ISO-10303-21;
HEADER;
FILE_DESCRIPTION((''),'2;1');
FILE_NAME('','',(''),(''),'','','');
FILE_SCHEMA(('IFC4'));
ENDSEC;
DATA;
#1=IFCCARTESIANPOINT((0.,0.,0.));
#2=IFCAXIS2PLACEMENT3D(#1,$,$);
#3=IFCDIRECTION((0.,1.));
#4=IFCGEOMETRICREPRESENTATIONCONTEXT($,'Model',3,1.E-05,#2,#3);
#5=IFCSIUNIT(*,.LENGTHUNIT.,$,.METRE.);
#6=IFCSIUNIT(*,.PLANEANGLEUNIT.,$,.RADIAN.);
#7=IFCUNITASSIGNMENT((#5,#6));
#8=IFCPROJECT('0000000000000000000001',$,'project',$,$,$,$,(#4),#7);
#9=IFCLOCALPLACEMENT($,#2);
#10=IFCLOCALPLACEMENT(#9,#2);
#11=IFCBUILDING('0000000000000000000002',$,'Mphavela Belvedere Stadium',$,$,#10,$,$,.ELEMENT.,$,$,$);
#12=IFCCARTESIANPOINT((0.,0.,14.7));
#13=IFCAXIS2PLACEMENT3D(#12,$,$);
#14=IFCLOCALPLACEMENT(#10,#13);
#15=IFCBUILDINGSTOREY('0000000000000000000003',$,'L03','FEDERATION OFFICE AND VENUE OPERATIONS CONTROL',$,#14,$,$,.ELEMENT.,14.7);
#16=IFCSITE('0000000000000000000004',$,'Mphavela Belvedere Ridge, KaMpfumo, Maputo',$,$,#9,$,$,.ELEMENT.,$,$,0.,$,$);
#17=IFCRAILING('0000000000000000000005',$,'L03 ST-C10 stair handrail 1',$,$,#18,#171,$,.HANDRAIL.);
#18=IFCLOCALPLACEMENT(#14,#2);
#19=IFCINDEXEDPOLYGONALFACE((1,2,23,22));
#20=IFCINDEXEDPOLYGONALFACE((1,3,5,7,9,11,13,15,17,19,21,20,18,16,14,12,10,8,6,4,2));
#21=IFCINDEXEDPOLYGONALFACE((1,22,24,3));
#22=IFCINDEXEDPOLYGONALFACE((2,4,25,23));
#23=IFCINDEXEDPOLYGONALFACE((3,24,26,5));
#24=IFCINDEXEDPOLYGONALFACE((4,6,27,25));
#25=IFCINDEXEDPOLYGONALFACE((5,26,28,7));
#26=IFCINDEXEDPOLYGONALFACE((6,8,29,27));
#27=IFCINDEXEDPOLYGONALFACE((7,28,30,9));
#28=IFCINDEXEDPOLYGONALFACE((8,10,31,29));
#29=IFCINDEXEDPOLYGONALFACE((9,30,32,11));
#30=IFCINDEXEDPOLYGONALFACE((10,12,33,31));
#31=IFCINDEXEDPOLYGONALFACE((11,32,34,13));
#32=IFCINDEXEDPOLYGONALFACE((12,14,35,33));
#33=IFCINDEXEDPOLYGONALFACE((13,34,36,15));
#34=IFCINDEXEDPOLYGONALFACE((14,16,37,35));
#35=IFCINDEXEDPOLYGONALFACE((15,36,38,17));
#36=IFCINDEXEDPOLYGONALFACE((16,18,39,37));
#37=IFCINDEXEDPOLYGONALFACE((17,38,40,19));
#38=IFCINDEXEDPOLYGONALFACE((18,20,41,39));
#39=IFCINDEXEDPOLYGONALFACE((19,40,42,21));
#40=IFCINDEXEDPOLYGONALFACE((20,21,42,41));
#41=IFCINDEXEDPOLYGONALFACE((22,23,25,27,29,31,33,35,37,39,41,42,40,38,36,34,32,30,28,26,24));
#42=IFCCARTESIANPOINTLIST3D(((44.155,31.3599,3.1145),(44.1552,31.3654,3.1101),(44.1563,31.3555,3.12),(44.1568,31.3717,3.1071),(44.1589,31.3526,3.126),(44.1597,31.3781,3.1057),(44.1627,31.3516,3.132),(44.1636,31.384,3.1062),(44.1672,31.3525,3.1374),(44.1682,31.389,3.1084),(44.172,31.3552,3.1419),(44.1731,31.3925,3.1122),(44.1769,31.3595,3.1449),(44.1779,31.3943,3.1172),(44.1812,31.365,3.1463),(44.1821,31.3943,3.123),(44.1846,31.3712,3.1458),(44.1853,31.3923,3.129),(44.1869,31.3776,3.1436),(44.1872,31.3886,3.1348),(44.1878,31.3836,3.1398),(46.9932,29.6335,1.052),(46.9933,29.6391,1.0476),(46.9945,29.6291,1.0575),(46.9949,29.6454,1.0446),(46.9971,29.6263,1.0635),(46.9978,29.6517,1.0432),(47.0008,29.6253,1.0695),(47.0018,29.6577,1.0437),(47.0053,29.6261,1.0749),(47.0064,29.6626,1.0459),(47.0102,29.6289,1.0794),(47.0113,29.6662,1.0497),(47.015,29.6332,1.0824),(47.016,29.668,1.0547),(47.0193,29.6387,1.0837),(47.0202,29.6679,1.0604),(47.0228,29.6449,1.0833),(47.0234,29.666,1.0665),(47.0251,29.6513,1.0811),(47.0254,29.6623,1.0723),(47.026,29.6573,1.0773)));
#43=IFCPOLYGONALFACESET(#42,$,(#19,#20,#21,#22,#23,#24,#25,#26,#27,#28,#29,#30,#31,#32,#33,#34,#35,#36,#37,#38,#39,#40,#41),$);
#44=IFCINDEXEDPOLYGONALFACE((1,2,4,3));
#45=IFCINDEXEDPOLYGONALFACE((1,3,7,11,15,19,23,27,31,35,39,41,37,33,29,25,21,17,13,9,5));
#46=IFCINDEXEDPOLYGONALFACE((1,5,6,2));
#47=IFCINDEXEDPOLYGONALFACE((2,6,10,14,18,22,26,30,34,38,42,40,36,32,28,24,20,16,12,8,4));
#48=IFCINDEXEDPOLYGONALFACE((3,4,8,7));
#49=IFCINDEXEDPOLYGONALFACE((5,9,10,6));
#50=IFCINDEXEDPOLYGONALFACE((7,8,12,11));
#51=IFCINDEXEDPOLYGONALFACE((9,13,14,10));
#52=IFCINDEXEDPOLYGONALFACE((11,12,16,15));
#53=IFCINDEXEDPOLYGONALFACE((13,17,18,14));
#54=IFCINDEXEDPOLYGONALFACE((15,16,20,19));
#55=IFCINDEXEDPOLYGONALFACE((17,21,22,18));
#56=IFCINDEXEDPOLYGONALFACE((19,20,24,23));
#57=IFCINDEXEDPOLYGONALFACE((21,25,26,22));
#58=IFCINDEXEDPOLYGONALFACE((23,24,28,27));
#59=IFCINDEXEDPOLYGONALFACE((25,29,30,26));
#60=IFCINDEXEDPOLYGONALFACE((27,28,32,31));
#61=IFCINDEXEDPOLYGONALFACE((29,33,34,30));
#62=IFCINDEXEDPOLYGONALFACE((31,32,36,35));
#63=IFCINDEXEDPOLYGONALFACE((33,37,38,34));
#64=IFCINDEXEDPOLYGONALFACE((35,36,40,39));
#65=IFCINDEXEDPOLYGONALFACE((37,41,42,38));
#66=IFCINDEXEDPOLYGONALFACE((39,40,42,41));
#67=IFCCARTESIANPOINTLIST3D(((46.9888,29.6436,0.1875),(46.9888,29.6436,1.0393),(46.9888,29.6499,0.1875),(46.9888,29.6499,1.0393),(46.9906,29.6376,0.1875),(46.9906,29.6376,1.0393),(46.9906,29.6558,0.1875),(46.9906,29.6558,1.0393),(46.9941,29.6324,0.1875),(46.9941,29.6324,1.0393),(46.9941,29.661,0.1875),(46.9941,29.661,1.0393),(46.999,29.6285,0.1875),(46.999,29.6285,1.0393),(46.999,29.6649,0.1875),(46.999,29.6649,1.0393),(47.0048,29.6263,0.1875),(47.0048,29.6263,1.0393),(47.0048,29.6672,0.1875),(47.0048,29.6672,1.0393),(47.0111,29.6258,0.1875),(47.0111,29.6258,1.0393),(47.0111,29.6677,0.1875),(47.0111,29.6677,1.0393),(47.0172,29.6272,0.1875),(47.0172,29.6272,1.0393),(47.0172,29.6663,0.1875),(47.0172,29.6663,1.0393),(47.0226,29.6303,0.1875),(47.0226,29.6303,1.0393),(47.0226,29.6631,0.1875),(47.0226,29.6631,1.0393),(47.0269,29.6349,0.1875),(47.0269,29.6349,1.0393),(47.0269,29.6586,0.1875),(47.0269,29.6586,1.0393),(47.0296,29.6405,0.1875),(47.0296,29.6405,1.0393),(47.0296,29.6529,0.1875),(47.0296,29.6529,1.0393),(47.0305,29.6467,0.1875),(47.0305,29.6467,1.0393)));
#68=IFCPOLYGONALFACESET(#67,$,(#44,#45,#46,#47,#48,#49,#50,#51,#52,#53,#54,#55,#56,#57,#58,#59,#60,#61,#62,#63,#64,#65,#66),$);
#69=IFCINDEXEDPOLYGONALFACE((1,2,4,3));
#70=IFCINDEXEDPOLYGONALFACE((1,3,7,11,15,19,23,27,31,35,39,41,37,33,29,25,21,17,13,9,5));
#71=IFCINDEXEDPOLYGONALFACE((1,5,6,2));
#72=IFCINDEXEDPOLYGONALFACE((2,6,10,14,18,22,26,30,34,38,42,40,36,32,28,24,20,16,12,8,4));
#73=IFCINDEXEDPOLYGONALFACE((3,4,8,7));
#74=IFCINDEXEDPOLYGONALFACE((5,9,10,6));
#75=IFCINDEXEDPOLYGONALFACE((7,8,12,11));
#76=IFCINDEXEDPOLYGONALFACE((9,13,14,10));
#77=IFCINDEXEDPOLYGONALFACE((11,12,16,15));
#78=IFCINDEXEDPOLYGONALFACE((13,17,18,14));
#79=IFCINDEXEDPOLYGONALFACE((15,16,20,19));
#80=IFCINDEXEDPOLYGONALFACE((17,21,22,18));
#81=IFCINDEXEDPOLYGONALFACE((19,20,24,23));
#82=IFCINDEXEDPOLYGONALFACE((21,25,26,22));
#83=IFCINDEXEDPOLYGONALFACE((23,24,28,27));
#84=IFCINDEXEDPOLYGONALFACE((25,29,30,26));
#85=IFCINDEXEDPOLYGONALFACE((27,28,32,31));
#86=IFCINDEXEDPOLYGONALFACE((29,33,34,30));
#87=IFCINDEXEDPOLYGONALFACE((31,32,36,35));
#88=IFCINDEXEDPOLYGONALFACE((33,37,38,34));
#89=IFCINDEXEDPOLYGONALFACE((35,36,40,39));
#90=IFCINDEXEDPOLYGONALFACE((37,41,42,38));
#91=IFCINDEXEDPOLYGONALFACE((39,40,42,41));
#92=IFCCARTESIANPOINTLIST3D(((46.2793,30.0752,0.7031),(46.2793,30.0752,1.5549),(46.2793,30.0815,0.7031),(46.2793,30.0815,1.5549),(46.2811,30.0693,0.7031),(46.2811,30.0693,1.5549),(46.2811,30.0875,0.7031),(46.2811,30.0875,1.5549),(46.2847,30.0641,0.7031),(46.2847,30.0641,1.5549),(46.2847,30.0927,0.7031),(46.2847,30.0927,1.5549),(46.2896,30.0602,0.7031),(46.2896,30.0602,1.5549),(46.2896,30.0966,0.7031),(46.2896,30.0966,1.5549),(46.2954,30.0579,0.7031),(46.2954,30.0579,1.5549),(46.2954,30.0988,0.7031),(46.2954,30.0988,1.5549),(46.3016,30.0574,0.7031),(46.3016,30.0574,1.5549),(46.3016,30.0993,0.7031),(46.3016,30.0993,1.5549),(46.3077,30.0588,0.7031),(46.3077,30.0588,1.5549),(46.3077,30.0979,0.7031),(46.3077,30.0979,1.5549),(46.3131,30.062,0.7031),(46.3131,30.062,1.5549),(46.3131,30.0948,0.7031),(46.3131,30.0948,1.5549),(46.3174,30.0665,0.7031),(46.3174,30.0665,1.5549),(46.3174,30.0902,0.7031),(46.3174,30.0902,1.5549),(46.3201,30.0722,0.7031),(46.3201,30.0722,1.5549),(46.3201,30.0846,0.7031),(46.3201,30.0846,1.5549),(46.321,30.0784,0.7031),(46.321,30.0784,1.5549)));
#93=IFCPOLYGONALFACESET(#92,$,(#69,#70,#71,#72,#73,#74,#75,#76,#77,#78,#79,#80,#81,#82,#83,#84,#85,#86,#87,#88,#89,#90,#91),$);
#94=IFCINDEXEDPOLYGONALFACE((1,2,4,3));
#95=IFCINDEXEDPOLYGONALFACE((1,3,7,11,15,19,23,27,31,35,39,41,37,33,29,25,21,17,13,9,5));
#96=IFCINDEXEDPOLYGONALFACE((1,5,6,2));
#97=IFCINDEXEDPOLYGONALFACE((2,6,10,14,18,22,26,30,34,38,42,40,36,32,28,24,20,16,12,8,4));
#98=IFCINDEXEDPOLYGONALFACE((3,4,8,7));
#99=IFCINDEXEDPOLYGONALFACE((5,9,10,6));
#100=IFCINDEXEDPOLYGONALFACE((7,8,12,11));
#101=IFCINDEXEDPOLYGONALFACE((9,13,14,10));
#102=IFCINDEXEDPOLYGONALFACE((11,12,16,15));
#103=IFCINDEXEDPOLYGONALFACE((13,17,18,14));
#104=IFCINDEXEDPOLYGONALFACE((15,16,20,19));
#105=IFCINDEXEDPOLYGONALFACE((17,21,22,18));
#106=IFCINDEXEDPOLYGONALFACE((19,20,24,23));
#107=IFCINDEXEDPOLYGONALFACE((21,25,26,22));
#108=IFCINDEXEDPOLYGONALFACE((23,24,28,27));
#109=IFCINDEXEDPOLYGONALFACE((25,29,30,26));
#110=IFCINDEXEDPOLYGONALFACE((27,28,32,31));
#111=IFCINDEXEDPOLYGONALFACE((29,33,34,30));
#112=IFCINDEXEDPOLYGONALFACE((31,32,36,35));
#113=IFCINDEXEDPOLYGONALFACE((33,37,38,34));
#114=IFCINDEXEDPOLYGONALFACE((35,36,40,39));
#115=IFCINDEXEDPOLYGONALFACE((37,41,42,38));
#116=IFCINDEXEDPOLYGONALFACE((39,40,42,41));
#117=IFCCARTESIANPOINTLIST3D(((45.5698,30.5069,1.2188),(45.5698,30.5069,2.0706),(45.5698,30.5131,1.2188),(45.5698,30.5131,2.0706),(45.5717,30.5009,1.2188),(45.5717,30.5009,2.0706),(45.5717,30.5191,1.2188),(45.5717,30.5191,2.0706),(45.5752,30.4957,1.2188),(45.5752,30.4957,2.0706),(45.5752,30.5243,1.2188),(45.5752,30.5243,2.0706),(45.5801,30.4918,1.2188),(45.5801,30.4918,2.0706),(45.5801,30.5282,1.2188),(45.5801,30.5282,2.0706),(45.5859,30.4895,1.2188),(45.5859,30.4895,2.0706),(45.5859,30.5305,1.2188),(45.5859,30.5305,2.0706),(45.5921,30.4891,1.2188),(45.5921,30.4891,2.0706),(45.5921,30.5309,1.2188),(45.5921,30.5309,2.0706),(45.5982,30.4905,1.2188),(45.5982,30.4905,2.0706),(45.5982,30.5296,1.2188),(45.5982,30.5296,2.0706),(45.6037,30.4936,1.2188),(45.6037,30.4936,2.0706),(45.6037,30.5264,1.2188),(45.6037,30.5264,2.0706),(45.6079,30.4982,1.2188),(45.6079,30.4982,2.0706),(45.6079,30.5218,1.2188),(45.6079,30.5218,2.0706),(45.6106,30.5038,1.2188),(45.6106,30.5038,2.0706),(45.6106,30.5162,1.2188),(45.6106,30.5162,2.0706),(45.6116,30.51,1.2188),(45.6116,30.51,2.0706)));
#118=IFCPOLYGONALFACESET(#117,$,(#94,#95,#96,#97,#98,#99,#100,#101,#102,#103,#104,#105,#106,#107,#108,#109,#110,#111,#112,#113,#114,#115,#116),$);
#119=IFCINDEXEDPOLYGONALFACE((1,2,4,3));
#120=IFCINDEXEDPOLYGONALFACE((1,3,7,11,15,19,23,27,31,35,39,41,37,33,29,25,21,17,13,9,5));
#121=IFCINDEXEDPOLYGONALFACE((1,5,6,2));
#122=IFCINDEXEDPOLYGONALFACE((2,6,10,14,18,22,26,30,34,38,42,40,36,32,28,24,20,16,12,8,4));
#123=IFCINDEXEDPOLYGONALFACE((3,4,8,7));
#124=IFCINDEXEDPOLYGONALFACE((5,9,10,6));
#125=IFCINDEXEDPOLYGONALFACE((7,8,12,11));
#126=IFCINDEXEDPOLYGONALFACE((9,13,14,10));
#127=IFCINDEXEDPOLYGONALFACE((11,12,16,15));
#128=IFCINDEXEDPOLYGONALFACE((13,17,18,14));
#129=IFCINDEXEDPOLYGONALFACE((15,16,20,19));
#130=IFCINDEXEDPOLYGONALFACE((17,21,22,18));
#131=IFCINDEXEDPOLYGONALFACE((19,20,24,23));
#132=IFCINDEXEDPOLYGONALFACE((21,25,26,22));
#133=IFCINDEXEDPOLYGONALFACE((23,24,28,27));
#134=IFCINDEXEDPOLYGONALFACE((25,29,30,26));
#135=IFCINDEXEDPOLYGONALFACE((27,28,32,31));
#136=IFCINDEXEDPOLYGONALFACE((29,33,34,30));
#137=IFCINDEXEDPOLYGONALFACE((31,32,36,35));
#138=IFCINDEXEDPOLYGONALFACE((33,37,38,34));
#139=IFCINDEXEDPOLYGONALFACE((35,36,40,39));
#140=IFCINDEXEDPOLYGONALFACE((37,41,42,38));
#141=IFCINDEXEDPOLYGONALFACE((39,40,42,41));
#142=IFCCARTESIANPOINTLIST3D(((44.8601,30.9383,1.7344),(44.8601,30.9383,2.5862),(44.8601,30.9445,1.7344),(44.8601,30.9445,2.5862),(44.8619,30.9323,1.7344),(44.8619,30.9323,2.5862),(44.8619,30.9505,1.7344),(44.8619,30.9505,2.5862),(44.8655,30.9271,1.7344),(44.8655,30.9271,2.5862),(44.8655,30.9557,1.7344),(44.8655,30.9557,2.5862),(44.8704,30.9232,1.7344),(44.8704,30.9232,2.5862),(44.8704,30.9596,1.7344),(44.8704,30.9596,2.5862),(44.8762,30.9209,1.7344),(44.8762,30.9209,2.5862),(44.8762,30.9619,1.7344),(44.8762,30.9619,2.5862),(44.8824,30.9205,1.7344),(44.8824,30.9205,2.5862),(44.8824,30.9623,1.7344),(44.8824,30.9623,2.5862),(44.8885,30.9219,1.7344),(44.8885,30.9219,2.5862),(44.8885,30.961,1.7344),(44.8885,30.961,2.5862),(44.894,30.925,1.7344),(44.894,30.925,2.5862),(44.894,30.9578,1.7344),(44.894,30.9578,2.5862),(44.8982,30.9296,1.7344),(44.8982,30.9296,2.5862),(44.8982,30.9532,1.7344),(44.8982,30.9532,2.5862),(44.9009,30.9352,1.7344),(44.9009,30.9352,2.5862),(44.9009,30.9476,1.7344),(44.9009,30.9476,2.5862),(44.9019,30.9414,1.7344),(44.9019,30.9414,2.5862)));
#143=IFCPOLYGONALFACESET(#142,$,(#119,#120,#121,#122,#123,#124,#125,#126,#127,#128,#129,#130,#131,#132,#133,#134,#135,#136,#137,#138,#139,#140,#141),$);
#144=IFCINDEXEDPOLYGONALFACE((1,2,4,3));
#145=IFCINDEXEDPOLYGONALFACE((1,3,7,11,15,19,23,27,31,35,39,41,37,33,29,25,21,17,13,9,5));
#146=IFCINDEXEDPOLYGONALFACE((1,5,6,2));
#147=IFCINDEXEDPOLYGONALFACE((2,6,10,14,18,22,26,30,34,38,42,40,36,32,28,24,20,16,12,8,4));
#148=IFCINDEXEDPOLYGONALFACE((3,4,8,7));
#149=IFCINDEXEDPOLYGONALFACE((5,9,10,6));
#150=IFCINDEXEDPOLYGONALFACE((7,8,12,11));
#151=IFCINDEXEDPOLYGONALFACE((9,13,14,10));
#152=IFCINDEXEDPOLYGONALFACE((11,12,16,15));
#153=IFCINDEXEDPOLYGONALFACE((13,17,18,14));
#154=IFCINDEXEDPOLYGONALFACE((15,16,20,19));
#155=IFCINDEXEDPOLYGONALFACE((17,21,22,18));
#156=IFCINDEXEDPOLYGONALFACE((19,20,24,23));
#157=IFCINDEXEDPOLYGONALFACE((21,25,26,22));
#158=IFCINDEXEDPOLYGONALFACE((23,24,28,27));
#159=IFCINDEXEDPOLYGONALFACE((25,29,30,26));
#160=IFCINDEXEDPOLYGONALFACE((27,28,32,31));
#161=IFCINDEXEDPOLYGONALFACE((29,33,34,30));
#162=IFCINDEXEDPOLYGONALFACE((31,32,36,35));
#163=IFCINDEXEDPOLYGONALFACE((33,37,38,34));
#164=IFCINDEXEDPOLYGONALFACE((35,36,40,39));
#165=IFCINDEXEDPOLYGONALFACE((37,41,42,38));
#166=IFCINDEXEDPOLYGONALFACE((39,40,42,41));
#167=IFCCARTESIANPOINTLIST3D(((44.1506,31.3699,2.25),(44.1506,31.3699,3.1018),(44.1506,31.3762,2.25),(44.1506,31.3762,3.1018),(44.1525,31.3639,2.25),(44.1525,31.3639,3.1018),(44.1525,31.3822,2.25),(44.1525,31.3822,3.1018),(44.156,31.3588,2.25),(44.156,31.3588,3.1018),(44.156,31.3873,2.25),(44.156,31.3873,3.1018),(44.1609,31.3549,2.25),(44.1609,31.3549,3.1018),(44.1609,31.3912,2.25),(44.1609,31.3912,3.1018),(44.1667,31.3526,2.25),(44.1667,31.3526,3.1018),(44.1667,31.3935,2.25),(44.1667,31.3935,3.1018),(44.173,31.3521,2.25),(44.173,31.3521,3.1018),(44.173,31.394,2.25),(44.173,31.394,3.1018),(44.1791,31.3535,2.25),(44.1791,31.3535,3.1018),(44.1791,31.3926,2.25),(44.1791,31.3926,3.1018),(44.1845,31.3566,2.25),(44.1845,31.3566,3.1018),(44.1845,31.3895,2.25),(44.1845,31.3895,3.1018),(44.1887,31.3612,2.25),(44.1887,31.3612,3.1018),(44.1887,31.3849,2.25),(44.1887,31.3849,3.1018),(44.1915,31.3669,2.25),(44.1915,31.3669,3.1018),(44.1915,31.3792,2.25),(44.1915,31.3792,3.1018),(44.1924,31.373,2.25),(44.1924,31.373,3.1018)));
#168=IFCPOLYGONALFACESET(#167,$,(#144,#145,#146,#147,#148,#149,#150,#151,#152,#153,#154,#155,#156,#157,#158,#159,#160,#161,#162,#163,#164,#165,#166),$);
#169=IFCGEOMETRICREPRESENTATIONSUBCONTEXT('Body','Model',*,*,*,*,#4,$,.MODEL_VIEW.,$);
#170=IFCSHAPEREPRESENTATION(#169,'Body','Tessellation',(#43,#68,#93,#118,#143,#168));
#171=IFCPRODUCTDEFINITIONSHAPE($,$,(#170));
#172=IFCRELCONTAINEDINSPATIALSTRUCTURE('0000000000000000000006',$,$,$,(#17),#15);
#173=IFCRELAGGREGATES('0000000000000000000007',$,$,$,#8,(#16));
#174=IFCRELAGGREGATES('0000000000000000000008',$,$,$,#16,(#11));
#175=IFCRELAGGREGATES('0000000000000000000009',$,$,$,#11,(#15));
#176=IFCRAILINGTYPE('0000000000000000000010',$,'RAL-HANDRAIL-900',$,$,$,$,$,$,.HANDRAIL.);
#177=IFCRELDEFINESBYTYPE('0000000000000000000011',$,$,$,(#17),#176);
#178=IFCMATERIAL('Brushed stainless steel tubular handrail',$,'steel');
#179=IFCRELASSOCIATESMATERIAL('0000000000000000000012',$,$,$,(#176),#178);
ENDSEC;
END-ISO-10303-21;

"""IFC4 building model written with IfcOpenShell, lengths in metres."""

from ifc_helpers import new_model, si_unit, direction, frame, origin, origin_2d, place, context, subcontext, project, spatial, circle, extrude, material, type_object, element, save


model = new_model("IFC4")

# Units and contexts
model_context = context("Model", 3, precision=1e-05, world=origin(), true_north=direction((0.0, 1.0)))
body_context = subcontext(model_context, "Body", "Model", "MODEL_VIEW")
ifc_project = project(units=[si_unit("LENGTHUNIT", "METRE"), si_unit("PLANEANGLEUNIT", "RADIAN")], contexts=[model_context])

# Site, building, storey
site_placement = place(None, origin())
site = spatial("IfcSite", under=ifc_project, at=site_placement, Name="Mphavela Belvedere Ridge, KaMpfumo, Maputo", CompositionType="ELEMENT", RefElevation=0.0)
building_placement = place(site_placement, origin())
building = spatial("IfcBuilding", under=site, at=building_placement, Name="Mphavela Belvedere Stadium", CompositionType="ELEMENT")
storey_placement = place(building_placement, frame((0.0, 0.0, 14.7)))
storey = spatial("IfcBuildingStorey", under=building, at=storey_placement, Name="L03", Description="FEDERATION OFFICE AND VENUE OPERATIONS CONTROL", CompositionType="ELEMENT", Elevation=14.7)

# Railing
ifc_material_1 = material(Name="Brushed stainless steel tubular handrail", Category="steel")
railing_type_1 = type_object("IfcRailingType", Name="RAL-HANDRAIL-900", PredefinedType="HANDRAIL", material=ifc_material_1)
railing_1_placement = place(storey_placement, frame((47.0095, 29.6467, 0.1875)))
element("IfcRailing", 1, at=railing_1_placement, inside=storey, type_object=railing_type_1, Name="L03 ST-C10 stair handrail 1", PredefinedType="HANDRAIL", context=body_context, shape_type="SweptSolid", body=[
    extrude(circle(Radius=0.0239, at=origin_2d()), frame((0.0, 0.0, 0.876), z_axis=(-0.725842, 0.441499, 0.527477), x_axis=(-0.519674, -0.854365, 0.0)), (0.0, 0.0, 1.0), 3.9102),
    extrude(circle(Radius=0.021, at=origin_2d()), origin(), (0.0, 0.0, 1.0), 0.8518),
    extrude(circle(Radius=0.021, at=origin_2d()), frame((-0.7095, 0.4316, 0.5156)), (0.0, 0.0, 1.0), 0.8518),
    extrude(circle(Radius=0.021, at=origin_2d()), frame((-1.4189, 0.8633, 1.0312)), (0.0, 0.0, 1.0), 0.8518),
    extrude(circle(Radius=0.021, at=origin_2d()), frame((-2.1287, 1.2947, 1.5469)), (0.0, 0.0, 1.0), 0.8518),
    extrude(circle(Radius=0.021, at=origin_2d()), frame((-2.8381, 1.7263, 2.0625)), (0.0, 0.0, 1.0), 0.8518),
])

save(model, "model.ifc")
